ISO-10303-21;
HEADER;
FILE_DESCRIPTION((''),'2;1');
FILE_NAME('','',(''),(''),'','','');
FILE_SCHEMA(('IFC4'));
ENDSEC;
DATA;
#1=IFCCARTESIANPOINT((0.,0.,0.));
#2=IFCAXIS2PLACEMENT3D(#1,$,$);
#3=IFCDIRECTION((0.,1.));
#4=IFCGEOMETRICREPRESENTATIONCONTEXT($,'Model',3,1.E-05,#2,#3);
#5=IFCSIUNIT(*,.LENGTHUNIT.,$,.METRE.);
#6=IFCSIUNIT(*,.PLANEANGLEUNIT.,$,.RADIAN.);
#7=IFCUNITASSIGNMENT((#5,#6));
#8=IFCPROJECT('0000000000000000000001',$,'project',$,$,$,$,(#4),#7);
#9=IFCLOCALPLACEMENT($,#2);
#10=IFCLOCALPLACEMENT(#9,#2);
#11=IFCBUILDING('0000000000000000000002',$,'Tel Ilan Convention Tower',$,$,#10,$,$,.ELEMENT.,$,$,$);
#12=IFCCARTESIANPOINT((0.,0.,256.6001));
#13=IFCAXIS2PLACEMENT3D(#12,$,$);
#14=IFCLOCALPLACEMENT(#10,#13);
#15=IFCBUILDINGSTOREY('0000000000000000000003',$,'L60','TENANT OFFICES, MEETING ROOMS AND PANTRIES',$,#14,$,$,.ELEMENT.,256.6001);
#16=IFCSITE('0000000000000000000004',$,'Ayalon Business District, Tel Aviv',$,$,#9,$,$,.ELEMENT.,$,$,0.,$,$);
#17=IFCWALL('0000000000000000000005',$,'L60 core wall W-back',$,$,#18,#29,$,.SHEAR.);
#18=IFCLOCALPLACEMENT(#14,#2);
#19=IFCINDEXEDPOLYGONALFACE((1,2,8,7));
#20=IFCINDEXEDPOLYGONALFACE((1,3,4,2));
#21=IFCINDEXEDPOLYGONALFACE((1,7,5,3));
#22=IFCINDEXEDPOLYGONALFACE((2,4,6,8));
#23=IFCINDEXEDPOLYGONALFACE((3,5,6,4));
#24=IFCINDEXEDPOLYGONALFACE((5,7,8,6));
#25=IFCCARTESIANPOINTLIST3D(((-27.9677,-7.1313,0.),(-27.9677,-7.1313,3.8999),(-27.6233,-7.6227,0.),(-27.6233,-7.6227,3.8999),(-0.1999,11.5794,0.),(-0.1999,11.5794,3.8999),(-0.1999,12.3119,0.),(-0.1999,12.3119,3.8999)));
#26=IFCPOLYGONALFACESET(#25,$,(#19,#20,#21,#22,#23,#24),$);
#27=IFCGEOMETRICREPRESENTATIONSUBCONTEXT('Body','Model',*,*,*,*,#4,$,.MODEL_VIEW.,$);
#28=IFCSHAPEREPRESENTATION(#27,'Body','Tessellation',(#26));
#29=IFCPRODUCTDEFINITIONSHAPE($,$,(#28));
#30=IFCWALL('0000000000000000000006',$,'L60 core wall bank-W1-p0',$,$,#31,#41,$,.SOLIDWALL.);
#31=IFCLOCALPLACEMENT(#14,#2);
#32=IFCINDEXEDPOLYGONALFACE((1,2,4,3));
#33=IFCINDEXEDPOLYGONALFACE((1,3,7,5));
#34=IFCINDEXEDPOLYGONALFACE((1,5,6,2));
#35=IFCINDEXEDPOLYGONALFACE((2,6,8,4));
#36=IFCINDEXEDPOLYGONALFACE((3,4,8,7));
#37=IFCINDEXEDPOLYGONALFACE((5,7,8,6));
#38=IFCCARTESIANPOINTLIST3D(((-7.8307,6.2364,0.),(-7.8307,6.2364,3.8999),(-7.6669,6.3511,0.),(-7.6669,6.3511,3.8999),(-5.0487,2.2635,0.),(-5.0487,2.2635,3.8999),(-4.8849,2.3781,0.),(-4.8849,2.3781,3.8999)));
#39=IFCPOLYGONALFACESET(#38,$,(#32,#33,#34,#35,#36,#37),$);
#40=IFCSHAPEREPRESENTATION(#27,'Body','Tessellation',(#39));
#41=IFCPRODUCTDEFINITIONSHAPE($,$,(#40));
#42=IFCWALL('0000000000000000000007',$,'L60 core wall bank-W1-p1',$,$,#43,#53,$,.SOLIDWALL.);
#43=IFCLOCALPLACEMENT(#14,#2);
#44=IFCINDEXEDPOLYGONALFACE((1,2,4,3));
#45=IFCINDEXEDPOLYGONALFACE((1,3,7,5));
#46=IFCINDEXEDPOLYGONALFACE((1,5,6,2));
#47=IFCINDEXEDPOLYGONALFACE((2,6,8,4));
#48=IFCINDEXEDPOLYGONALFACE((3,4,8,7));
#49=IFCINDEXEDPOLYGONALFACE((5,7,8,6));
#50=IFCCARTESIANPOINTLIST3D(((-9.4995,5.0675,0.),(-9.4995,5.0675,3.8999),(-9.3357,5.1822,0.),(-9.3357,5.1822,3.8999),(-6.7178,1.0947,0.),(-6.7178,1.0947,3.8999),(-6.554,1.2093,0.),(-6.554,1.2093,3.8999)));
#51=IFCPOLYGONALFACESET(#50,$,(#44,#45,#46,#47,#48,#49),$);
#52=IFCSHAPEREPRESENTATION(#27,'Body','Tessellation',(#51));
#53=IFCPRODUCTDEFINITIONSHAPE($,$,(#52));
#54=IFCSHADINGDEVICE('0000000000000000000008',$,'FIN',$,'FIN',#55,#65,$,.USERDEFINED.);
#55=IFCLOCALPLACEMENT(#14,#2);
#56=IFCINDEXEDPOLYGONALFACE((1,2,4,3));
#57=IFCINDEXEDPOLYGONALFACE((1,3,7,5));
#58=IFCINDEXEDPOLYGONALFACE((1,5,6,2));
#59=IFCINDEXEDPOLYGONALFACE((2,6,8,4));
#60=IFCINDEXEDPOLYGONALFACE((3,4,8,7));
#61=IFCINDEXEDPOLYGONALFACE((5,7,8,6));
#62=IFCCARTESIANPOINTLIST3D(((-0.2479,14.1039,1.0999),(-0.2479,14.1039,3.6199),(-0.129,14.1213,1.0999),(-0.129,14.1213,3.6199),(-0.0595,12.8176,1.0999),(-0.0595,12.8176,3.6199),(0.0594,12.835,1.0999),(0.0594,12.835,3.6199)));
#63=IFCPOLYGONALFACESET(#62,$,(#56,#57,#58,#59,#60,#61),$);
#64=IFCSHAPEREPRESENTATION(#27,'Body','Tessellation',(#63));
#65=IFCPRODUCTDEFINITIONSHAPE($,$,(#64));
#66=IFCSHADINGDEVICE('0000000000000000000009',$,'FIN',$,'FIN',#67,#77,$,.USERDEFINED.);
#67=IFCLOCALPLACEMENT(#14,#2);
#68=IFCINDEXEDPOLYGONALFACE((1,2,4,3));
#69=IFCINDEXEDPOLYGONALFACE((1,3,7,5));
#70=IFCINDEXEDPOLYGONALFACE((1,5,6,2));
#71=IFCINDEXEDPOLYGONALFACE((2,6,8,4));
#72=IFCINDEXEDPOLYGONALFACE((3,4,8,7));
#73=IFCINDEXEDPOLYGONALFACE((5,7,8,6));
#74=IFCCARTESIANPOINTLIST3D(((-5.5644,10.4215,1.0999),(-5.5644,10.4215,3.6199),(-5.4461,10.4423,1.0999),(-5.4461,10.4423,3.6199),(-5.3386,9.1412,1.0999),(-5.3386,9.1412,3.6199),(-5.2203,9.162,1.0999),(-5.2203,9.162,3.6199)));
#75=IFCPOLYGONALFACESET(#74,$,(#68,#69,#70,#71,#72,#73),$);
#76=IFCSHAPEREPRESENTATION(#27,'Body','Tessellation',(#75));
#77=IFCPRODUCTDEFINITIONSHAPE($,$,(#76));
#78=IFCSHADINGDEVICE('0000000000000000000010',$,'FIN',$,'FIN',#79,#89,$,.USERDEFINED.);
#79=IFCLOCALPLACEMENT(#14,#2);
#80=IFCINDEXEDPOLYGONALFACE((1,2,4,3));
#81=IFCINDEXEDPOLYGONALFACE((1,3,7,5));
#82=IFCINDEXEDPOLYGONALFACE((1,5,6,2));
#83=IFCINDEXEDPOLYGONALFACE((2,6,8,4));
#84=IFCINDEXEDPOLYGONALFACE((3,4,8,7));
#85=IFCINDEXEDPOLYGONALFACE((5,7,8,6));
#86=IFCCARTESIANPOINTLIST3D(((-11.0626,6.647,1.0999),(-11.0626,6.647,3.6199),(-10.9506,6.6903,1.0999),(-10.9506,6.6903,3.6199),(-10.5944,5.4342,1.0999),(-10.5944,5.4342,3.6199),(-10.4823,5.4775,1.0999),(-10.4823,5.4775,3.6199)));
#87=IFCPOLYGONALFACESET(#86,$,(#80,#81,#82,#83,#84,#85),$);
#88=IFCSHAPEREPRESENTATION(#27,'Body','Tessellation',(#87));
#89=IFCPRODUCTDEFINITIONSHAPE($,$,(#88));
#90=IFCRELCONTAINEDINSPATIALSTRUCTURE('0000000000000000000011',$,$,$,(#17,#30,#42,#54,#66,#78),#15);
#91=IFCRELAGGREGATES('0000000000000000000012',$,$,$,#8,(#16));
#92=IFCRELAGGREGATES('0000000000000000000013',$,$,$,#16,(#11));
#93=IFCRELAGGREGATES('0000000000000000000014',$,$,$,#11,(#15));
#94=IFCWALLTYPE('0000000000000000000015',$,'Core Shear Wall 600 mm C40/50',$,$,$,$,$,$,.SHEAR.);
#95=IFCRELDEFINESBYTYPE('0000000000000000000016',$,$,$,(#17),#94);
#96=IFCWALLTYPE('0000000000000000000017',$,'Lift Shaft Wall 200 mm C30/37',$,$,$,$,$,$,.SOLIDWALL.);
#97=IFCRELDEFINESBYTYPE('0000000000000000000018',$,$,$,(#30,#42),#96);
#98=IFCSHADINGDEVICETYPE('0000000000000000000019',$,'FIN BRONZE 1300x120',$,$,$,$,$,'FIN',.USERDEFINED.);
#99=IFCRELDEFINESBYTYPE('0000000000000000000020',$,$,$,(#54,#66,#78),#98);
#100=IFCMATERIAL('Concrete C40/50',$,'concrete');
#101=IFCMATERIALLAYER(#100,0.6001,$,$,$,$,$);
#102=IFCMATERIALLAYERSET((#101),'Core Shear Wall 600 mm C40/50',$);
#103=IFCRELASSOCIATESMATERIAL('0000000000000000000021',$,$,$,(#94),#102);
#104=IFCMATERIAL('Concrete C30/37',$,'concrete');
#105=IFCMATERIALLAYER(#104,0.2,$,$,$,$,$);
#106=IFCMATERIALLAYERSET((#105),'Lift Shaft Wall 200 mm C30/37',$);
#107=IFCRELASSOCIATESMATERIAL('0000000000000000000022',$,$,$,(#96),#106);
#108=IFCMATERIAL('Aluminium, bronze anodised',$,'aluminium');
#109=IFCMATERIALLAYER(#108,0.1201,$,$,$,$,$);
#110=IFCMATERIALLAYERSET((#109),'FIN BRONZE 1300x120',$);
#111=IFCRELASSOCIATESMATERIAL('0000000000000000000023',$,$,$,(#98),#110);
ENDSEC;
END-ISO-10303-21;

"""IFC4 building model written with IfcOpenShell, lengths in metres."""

from ifc_helpers import new_model, si_unit, direction, frame, frame_2d, origin, origin_2d, place, context, subcontext, project, spatial, polyline, rectangle, outline, extrude, material, layer, layer_set, type_object, element, save


model = new_model("IFC4")

# Units and contexts
model_context = context("Model", 3, precision=1e-05, world=origin(), true_north=direction((0.0, 1.0)))
body_context = subcontext(model_context, "Body", "Model", "MODEL_VIEW")
ifc_project = project(units=[si_unit("LENGTHUNIT", "METRE"), si_unit("PLANEANGLEUNIT", "RADIAN")], contexts=[model_context])

# Site, building, storey
site_placement = place(None, origin())
site = spatial("IfcSite", under=ifc_project, at=site_placement, Name="Ayalon Business District, Tel Aviv", CompositionType="ELEMENT", RefElevation=0.0)
building_placement = place(site_placement, origin())
building = spatial("IfcBuilding", under=site, at=building_placement, Name="Tel Ilan Convention Tower", CompositionType="ELEMENT")
storey_placement = place(building_placement, frame((0.0, 0.0, 256.6001)))
storey = spatial("IfcBuildingStorey", under=building, at=storey_placement, Name="L60", Description="TENANT OFFICES, MEETING ROOMS AND PANTRIES", CompositionType="ELEMENT", Elevation=256.6001)

# Walls
ifc_material_1 = material(Name="Concrete C40/50", Category="concrete")
ifc_layer_1 = layer(ifc_material_1, 0.6001)
ifc_layer_set_1 = layer_set([ifc_layer_1], Name="Core Shear Wall 600 mm C40/50")
wall_type_1 = type_object("IfcWallType", Name="Core Shear Wall 600 mm C40/50", PredefinedType="SHEAR", material=ifc_layer_set_1)
wall_1_placement = place(storey_placement, frame((-0.0278, 12.0662, 0.0), z_axis=(0.0, 0.0, 1.0), x_axis=(-0.819151, -0.573577, 0.0)))
element("IfcWall", 1, at=wall_1_placement, inside=storey, type_object=wall_type_1, Name="L60 core wall W-back", PredefinedType="SHEAR", context=body_context, shape_type="SweptSolid", body=[
    extrude(outline(polyline([(33.8979, 0.3), (0.4202, 0.3), (0.0, -0.3), (33.8982, -0.3), (33.8979, 0.3)])), origin(), (0.0, 0.0, 1.0), 3.8999),
])
ifc_material_2 = material(Name="Concrete C30/37", Category="concrete")
ifc_layer_2 = layer(ifc_material_2, 0.2)
ifc_layer_set_2 = layer_set([ifc_layer_2], Name="Lift Shaft Wall 200 mm C30/37")
wall_type_2 = type_object("IfcWallType", Name="Lift Shaft Wall 200 mm C30/37", PredefinedType="SOLIDWALL", material=ifc_layer_set_2)
wall_2_placement = place(storey_placement, frame((-4.9668, 2.3208, 0.0), z_axis=(0.0, 0.0, 1.0), x_axis=(-0.573594, 0.81914, 0.0)))
element("IfcWall", 2, at=wall_2_placement, inside=storey, type_object=wall_type_2, Name="L60 core wall bank-W1-p0", PredefinedType="SOLIDWALL", context=body_context, shape_type="SweptSolid", body=[
    extrude(rectangle(XDim=4.8501, YDim=0.2, at=frame_2d((2.425, 0.0))), origin(), (0.0, 0.0, 1.0), 3.8999),
])
wall_3_placement = place(storey_placement, frame((-6.636, 1.1521, 0.0), z_axis=(0.0, 0.0, 1.0), x_axis=(-0.57356, 0.819163, 0.0)))
element("IfcWall", 3, at=wall_3_placement, inside=storey, type_object=wall_type_2, Name="L60 core wall bank-W1-p1", PredefinedType="SOLIDWALL", context=body_context, shape_type="SweptSolid", body=[
    extrude(rectangle(XDim=4.8499, YDim=0.2, at=frame_2d((2.4248, 0.0))), origin(), (0.0, 0.0, 1.0), 3.8999),
])

# Shading devices
ifc_material_3 = material(Name="Aluminium, bronze anodised", Category="aluminium")
ifc_layer_3 = layer(ifc_material_3, 0.1201)
ifc_layer_set_3 = layer_set([ifc_layer_3], Name="FIN BRONZE 1300x120")
shading_device_type = type_object("IfcShadingDeviceType", Name="FIN BRONZE 1300x120", ElementType="FIN", PredefinedType="USERDEFINED", material=ifc_layer_set_3)
for number, where, z_axis, x_axis, name in (
    (4, (-0.0942, 13.4695, 1.0999), (0.0, 0.0, 1.0), (-0.144932, 0.989442, 0.0), "FIN"),
    (5, (-5.3923, 9.7917, 1.0999), (0.0, 0.0, 1.0), (-0.173648, 0.984808, 0.0), "FIN"),
    (6, (-10.7725, 6.0623, 1.0999), (0.0, 0.0, 1.0), (-0.360178, 0.932884, 0.0), "FIN"),
):
    element("IfcShadingDevice", number, at=place(storey_placement, frame(where, z_axis=z_axis, x_axis=x_axis)), inside=storey, type_object=shading_device_type, Name=name, ObjectType="FIN", PredefinedType="USERDEFINED", context=body_context, shape_type="SweptSolid", body=[
        extrude(rectangle(XDim=1.3, YDim=0.1201, at=origin_2d()), origin(), (0.0, 0.0, 1.0), 2.52),
    ])

save(model, "model.ifc")
